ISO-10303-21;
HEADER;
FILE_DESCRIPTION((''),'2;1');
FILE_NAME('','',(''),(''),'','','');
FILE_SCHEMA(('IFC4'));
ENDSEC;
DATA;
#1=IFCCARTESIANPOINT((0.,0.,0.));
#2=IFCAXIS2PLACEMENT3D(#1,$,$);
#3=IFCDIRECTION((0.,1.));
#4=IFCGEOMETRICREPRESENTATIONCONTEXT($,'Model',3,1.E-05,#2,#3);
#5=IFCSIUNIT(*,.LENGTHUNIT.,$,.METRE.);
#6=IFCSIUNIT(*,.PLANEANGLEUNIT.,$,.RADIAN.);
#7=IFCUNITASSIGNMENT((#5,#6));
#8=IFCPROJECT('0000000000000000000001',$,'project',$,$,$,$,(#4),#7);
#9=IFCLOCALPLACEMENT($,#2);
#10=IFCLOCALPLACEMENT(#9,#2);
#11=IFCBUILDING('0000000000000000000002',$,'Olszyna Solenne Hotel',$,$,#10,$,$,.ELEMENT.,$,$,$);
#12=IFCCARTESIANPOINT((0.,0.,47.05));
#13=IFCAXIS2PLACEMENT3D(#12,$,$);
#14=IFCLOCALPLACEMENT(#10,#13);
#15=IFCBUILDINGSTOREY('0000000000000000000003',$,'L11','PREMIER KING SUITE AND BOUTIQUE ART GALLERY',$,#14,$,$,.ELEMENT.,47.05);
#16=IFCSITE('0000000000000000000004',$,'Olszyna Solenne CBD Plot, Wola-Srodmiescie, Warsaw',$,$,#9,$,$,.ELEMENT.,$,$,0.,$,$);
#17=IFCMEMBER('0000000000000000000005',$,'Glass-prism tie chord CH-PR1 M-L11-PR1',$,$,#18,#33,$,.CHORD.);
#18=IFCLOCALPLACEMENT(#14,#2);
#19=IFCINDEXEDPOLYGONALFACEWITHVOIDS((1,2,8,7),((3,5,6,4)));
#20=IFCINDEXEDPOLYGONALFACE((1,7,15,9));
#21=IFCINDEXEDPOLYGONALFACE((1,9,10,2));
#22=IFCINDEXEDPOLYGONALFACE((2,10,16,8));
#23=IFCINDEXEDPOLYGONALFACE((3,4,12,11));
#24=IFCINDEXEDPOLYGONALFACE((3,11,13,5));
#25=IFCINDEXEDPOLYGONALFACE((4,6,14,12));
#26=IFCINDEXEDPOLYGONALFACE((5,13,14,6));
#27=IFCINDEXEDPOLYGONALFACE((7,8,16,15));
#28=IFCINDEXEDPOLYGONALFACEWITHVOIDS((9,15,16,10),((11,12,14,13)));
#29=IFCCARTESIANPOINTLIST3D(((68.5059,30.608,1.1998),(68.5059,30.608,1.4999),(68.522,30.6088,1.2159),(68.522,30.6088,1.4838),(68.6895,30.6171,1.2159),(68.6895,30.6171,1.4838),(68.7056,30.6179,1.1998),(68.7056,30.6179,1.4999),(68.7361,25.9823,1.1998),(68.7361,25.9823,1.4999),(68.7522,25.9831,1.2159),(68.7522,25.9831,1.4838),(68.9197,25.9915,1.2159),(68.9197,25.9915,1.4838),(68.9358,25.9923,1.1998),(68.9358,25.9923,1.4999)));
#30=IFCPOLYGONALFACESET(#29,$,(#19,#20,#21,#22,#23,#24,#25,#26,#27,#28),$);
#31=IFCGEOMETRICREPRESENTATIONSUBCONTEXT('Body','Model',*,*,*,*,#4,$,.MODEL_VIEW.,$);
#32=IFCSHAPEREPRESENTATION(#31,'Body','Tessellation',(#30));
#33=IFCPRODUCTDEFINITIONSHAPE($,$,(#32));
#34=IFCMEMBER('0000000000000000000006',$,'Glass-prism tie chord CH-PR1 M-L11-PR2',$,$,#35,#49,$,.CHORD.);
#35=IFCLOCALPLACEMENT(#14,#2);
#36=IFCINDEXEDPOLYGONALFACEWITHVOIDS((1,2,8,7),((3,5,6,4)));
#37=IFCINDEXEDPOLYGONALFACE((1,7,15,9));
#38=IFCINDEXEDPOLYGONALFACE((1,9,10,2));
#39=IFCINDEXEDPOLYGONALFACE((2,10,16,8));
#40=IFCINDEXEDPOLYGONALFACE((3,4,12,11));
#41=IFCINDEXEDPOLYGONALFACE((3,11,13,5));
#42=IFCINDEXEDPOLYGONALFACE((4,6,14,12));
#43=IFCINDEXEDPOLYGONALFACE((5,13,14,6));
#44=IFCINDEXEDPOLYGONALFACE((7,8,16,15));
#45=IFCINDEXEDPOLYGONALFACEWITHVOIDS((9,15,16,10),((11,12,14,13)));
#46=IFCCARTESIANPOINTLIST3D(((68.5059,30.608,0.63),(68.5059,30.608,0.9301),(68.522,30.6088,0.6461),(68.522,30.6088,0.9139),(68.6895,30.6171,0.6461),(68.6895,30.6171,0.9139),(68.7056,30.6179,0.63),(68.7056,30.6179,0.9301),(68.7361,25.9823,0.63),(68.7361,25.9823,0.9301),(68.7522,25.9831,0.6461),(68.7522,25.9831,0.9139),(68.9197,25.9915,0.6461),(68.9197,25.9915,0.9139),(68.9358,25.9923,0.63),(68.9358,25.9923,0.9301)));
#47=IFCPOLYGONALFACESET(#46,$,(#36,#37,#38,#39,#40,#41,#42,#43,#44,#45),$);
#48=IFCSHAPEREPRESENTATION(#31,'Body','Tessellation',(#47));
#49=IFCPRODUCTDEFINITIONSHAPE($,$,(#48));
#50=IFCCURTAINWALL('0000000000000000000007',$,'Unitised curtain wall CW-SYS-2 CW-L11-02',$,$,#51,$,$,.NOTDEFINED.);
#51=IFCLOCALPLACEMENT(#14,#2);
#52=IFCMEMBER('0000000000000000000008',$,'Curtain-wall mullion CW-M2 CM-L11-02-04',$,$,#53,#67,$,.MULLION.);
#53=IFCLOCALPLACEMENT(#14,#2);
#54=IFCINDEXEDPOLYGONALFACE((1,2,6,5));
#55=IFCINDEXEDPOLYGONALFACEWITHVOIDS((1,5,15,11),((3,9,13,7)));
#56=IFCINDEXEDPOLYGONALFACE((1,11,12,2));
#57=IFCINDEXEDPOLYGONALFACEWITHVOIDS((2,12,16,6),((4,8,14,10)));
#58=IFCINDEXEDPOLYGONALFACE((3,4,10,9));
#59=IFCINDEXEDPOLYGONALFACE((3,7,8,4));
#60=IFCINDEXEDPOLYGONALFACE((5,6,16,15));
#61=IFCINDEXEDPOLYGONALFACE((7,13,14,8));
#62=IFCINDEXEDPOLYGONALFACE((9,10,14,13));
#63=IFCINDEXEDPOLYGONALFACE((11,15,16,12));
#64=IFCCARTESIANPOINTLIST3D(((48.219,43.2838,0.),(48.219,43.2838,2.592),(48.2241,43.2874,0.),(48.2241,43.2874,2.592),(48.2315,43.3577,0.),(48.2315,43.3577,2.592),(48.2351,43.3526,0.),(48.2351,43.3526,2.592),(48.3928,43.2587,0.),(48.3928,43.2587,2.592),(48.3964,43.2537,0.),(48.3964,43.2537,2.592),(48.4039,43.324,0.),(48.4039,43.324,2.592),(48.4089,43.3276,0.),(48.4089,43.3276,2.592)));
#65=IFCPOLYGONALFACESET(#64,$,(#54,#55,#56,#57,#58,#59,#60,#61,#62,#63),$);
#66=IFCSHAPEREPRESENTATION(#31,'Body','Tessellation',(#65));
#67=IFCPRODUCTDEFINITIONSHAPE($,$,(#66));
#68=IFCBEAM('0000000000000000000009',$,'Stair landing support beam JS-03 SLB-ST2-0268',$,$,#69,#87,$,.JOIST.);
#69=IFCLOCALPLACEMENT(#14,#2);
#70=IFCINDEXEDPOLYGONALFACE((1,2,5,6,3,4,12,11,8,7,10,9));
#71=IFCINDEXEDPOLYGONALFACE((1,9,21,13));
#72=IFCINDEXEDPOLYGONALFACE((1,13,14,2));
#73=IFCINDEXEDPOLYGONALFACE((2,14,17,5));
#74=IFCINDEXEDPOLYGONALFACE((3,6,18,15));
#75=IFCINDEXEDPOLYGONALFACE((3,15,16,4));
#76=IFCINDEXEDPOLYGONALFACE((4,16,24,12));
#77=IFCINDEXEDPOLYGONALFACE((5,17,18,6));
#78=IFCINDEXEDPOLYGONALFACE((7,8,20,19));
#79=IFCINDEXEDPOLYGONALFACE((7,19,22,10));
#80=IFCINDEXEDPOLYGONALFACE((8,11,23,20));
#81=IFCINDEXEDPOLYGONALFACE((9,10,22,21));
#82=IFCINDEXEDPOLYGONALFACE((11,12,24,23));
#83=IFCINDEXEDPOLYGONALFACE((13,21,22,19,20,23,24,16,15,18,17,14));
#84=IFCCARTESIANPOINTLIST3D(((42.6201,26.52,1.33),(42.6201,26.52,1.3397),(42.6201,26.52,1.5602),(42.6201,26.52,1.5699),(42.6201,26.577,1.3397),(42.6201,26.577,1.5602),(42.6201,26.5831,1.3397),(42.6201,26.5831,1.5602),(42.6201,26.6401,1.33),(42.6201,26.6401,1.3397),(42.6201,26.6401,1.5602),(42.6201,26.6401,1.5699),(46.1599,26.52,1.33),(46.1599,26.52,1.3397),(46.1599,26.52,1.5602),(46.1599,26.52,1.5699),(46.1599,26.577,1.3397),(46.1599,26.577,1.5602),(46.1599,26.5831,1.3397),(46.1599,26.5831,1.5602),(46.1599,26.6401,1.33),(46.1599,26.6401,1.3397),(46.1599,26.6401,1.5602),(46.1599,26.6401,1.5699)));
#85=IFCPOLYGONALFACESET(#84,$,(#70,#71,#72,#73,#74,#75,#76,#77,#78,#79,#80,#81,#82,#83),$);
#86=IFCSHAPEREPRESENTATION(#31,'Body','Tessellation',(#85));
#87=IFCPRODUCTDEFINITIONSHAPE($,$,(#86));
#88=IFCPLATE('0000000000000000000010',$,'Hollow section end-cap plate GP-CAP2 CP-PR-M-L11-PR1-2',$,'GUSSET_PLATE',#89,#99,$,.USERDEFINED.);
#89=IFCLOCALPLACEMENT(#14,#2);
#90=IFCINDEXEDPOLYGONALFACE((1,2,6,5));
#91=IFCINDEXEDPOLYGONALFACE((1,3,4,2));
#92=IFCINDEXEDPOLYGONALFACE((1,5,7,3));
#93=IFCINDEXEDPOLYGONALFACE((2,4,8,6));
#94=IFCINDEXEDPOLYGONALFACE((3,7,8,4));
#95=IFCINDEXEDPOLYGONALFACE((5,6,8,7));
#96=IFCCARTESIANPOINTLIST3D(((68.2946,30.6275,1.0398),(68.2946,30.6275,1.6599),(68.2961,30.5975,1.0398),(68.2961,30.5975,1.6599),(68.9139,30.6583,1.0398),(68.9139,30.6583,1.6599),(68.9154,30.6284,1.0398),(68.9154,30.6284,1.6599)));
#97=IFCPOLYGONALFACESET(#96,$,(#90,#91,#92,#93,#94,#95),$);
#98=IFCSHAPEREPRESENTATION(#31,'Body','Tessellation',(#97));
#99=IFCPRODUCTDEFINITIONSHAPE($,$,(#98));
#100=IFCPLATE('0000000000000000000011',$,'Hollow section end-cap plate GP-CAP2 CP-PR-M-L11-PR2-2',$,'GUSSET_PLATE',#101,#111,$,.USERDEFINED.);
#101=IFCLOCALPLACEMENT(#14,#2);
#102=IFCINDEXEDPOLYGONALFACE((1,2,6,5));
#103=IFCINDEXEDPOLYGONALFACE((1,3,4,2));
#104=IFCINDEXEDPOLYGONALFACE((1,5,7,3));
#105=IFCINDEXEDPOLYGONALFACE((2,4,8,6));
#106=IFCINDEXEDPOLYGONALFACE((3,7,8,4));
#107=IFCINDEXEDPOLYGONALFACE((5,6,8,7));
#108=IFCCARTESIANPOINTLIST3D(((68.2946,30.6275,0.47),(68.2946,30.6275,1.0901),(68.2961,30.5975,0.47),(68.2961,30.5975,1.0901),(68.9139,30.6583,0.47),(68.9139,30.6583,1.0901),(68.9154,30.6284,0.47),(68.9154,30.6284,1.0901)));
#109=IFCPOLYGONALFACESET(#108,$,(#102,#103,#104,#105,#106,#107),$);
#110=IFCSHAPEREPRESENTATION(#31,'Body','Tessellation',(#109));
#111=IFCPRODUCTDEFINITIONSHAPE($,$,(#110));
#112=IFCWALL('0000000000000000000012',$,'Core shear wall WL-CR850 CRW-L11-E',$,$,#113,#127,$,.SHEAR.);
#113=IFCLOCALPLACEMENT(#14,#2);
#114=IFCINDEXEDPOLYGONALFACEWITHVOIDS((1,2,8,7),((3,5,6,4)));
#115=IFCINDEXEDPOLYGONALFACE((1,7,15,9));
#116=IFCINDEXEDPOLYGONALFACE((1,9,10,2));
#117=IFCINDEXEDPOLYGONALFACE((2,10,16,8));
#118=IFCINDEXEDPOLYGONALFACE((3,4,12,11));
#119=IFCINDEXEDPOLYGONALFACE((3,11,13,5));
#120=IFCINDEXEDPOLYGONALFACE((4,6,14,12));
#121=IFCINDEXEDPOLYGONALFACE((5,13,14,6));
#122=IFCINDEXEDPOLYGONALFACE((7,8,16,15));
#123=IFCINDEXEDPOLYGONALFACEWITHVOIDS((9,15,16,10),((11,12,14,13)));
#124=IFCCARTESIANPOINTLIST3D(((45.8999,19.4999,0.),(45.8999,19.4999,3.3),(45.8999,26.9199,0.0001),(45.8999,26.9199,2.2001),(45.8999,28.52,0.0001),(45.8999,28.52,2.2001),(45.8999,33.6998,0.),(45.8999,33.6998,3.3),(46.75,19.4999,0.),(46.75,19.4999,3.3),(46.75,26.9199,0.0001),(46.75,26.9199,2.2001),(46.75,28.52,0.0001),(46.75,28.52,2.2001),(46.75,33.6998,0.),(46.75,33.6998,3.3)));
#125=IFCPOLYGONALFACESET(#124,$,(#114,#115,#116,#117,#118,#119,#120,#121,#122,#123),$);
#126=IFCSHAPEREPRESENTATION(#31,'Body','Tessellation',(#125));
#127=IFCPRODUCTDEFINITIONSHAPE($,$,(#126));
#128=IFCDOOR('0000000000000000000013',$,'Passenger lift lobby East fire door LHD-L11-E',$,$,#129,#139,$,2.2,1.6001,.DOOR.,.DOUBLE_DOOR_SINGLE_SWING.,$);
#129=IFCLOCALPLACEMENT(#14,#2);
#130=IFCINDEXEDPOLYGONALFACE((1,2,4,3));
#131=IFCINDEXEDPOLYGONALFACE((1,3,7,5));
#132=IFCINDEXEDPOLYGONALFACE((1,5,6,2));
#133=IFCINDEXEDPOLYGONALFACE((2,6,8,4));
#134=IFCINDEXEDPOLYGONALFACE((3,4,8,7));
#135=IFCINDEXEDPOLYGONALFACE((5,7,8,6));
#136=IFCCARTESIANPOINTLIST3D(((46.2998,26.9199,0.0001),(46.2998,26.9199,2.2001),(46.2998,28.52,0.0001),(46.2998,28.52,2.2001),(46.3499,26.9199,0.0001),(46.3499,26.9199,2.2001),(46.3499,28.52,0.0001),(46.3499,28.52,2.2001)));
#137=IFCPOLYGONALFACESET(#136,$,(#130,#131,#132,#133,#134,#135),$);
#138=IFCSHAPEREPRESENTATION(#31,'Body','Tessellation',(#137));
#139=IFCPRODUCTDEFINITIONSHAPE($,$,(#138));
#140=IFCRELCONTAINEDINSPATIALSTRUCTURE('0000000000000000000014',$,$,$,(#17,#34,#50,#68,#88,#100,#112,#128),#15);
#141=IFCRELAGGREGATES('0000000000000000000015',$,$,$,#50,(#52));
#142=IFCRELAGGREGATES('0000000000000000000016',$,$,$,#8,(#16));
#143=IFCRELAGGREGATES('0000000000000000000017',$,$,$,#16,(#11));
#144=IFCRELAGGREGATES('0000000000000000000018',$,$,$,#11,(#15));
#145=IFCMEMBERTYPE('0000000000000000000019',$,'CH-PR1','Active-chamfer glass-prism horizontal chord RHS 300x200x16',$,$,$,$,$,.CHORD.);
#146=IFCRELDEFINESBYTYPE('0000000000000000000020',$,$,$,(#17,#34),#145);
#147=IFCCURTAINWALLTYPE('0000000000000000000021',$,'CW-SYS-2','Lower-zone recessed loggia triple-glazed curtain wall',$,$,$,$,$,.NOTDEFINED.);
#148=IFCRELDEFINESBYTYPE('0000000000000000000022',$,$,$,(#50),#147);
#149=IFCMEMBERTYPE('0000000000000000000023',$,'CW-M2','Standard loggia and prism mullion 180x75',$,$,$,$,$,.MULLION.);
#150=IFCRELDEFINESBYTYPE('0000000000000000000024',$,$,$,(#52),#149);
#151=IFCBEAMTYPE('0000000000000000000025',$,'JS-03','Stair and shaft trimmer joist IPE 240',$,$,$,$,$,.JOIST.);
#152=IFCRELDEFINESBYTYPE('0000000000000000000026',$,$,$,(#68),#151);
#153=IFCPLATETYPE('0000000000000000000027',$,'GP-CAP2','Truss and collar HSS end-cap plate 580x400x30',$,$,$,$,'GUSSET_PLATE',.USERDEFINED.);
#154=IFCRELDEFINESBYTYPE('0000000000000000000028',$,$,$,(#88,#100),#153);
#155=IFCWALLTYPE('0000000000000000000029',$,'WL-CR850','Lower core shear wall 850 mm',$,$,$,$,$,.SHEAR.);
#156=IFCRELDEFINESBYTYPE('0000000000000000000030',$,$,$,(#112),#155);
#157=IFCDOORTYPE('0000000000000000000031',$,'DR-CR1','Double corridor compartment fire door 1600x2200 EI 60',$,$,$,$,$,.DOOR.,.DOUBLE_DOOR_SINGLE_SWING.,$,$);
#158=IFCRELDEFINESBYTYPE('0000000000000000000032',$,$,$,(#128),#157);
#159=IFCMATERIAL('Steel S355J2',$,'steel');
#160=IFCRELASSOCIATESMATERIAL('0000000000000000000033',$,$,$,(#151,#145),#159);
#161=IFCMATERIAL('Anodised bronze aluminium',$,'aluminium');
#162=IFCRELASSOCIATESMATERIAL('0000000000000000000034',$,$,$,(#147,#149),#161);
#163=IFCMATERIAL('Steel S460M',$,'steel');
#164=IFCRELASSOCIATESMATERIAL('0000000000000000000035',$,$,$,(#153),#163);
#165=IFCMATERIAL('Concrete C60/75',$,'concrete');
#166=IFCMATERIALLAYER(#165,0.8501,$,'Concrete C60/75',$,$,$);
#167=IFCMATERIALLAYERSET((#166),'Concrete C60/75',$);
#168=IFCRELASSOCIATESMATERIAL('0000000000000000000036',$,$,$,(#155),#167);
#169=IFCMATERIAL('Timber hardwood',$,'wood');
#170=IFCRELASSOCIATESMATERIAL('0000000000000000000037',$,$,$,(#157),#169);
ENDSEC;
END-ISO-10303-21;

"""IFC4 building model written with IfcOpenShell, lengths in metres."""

from ifc_helpers import new_model, si_unit, direction, frame, frame_2d, origin, origin_2d, place, context, subcontext, project, spatial, rectangle, hollow_rectangle, i_section, extrude, source, transform, mapped, material, layer, layer_set, material_profile, profile_set, type_object, type_shapes, element, fill, aggregate, save


model = new_model("IFC4")

# Units and contexts
model_context = context("Model", 3, precision=1e-05, world=origin(), true_north=direction((0.0, 1.0)))
body_context = subcontext(model_context, "Body", "Model", "MODEL_VIEW")
ifc_project = project(units=[si_unit("LENGTHUNIT", "METRE"), si_unit("PLANEANGLEUNIT", "RADIAN")], contexts=[model_context])

# Site, building, storey
site_placement = place(None, origin())
site = spatial("IfcSite", under=ifc_project, at=site_placement, Name="Olszyna Solenne CBD Plot, Wola-Srodmiescie, Warsaw", CompositionType="ELEMENT", RefElevation=0.0)
building_placement = place(site_placement, origin())
building = spatial("IfcBuilding", under=site, at=building_placement, Name="Olszyna Solenne Hotel", CompositionType="ELEMENT")
storey_placement = place(building_placement, frame((0.0, 0.0, 47.05)))
storey = spatial("IfcBuildingStorey", under=building, at=storey_placement, Name="L11", Description="PREMIER KING SUITE AND BOUTIQUE ART GALLERY", CompositionType="ELEMENT", Elevation=47.05)

# Shared definitions
ifc_material_1 = material(Name="Steel S460M", Category="steel")

# Shared definitions
ifc_material_2 = material(Name="Steel S355J2", Category="steel")
ifc_material_profile_1 = material_profile(ifc_material_2, i_section(OverallWidth=0.1201, OverallDepth=0.24, WebThickness=0.0061, FlangeThickness=0.0098, at=origin_2d()), Name="IPE 240", Category="load-bearing")
ifc_profile_set_1 = profile_set([ifc_material_profile_1], Name="Steel S355J2")
beam_type_1 = type_object("IfcBeamType", Name="JS-03", Description="Stair and shaft trimmer joist IPE 240", PredefinedType="JOIST", material=ifc_profile_set_1)

# Members
ifc_material_profile_2 = material_profile(ifc_material_2, hollow_rectangle(XDim=0.2, YDim=0.3, WallThickness=0.0161, at=origin_2d()), Name="RHS 300x200x16", Category="load-bearing")
ifc_profile_set_2 = profile_set([ifc_material_profile_2], Name="Steel S355J2")
member_type_1 = type_object("IfcMemberType", Name="CH-PR1", Description="Active-chamfer glass-prism horizontal chord RHS 300x200x16", PredefinedType="CHORD", material=ifc_profile_set_2)
shared_shape_1 = source(origin(), body_context, "Body", "SweptSolid", [
    extrude(hollow_rectangle(XDim=0.2, YDim=0.3, WallThickness=0.0161, at=origin_2d()), origin(), (0.0, 0.0, 1.0), 4.6313),
])
for number, where, z_axis, x_axis, name in (
    (1, (68.8359, 25.9873, 1.3499), (-0.049709, 0.998764, 0.0), (-0.998764, -0.049709, 0.0), "Glass-prism tie chord CH-PR1 M-L11-PR1"),
    (2, (68.8359, 25.9873, 0.78), (-0.049709, 0.998764, 0.0), (-0.998764, -0.049709, 0.0), "Glass-prism tie chord CH-PR1 M-L11-PR2"),
):
    element("IfcMember", number, at=place(storey_placement, frame(where, z_axis=z_axis, x_axis=x_axis)), inside=storey, type_object=member_type_1, Name=name, PredefinedType="CHORD", context=body_context, shape_type="MappedRepresentation", body=[
        mapped(shared_shape_1, transform((0.0, 0.0, 0.0), x_axis=(1.0, 0.0, 0.0), y_axis=(0.0, 1.0, 0.0), z_axis=(0.0, 0.0, 1.0), scale=1.0)),
    ])

# Curtain wall, member
ifc_material_3 = material(Name="Anodised bronze aluminium", Category="aluminium")
curtain_wall_type = type_object("IfcCurtainWallType", Name="CW-SYS-2", Description="Lower-zone recessed loggia triple-glazed curtain wall", PredefinedType="NOTDEFINED", material=ifc_material_3)
curtain_wall_placement = place(storey_placement, origin())
curtain_wall = element("IfcCurtainWall", 3, at=curtain_wall_placement, inside=storey, type_object=curtain_wall_type, Name="Unitised curtain wall CW-SYS-2 CW-L11-02", PredefinedType="NOTDEFINED")
ifc_material_profile_3 = material_profile(ifc_material_3, hollow_rectangle(XDim=0.075, YDim=0.1799, WallThickness=0.0044, at=origin_2d()), Name="MULL 180x75x4.5", Category="load-bearing")
ifc_profile_set_3 = profile_set([ifc_material_profile_3], Name="Anodised bronze aluminium")
member_type_2 = type_object("IfcMemberType", Name="CW-M2", Description="Standard loggia and prism mullion 180x75", PredefinedType="MULLION", material=ifc_profile_set_3)
shared_shape_2 = source(origin(), body_context, "Body", "SweptSolid", [
    extrude(hollow_rectangle(XDim=0.075, YDim=0.1799, WallThickness=0.0044, at=origin_2d()), origin(), (0.0, 0.0, 1.0), 2.592),
])
member_placement = place(storey_placement, frame((48.314, 43.3057, 0.0), z_axis=(0.0, 0.0, 1.0), x_axis=(0.16732, 0.985903, 0.0)))
member = element("IfcMember", 4, at=member_placement, type_object=member_type_2, Name="Curtain-wall mullion CW-M2 CM-L11-02-04", PredefinedType="MULLION", context=body_context, shape_type="MappedRepresentation", body=[
    mapped(shared_shape_2, transform((0.0, 0.0, 0.0), x_axis=(1.0, 0.0, 0.0), y_axis=(0.0, 1.0, 0.0), z_axis=(0.0, 0.0, 1.0), scale=1.0)),
])
aggregate(curtain_wall, [member])

# Beam
shared_shape_3 = source(origin(), body_context, "Body", "SweptSolid", [
    extrude(i_section(OverallWidth=0.1201, OverallDepth=0.24, WebThickness=0.0061, FlangeThickness=0.0098, at=origin_2d()), origin(), (0.0, 0.0, 1.0), 3.5398),
])
beam_1_placement = place(storey_placement, frame((46.1599, 26.5801, 1.45), z_axis=(-1.0, 0.0, 0.0), x_axis=(0.0, -1.0, 0.0)))
element("IfcBeam", 5, at=beam_1_placement, inside=storey, type_object=beam_type_1, Name="Stair landing support beam JS-03 SLB-ST2-0268", PredefinedType="JOIST", context=body_context, shape_type="MappedRepresentation", body=[
    mapped(shared_shape_3, transform((0.0, 0.0, 0.0), x_axis=(1.0, 0.0, 0.0), y_axis=(0.0, 1.0, 0.0), z_axis=(0.0, 0.0, 1.0), scale=1.0)),
])

# Plates
plate_type = type_object("IfcPlateType", Name="GP-CAP2", Description="Truss and collar HSS end-cap plate 580x400x30", ElementType="GUSSET_PLATE", PredefinedType="USERDEFINED", material=ifc_material_1)
shared_shape_4 = source(origin(), body_context, "Body", "SweptSolid", [
    extrude(rectangle(XDim=0.03, YDim=0.6201, at=origin_2d()), origin(), (0.0, 0.0, 1.0), 0.6201),
])
for number, where, z_axis, x_axis, name in (
    (6, (68.605, 30.6279, 1.0398), (0.0, 0.0, 1.0), (-0.049721, 0.998763, 0.0), "Hollow section end-cap plate GP-CAP2 CP-PR-M-L11-PR1-2"),
    (7, (68.605, 30.6279, 0.47), (0.0, 0.0, 1.0), (-0.049721, 0.998763, 0.0), "Hollow section end-cap plate GP-CAP2 CP-PR-M-L11-PR2-2"),
):
    element("IfcPlate", number, at=place(storey_placement, frame(where, z_axis=z_axis, x_axis=x_axis)), inside=storey, type_object=plate_type, Name=name, ObjectType="GUSSET_PLATE", PredefinedType="USERDEFINED", context=body_context, shape_type="MappedRepresentation", body=[
        mapped(shared_shape_4, transform((0.0, 0.0, 0.0), x_axis=(1.0, 0.0, 0.0), y_axis=(0.0, 1.0, 0.0), z_axis=(0.0, 0.0, 1.0), scale=1.0)),
    ])

# Wall, opening, door
ifc_material_4 = material(Name="Concrete C60/75", Category="concrete")
ifc_layer_1 = layer(ifc_material_4, 0.8501, Name="Concrete C60/75")
ifc_layer_set_1 = layer_set([ifc_layer_1], Name="Concrete C60/75")
wall_type_1 = type_object("IfcWallType", Name="WL-CR850", Description="Lower core shear wall 850 mm", PredefinedType="SHEAR", material=ifc_layer_set_1)
wall_1_placement = place(storey_placement, frame((46.325, 33.7, 0.0), z_axis=(0.0, 0.0, 1.0), x_axis=(0.0, -1.0, 0.0)))
wall_1 = element("IfcWall", 8, at=wall_1_placement, inside=storey, type_object=wall_type_1, Name="Core shear wall WL-CR850 CRW-L11-E", PredefinedType="SHEAR", context=body_context, shape_type="SweptSolid", body=[
    extrude(rectangle(XDim=14.2, YDim=0.8501, at=frame_2d((7.1001, 0.0))), origin(), (0.0, 0.0, 1.0), 3.3),
])
opening_1_placement = place(wall_1_placement, frame((5.1799, 0.0, 0.0)))
opening_1 = element("IfcOpeningElement", 9, at=opening_1_placement, cuts=wall_1, PredefinedType="OPENING", context=body_context, shape_type="SweptSolid", body=[
    extrude(rectangle(XDim=1.6001, YDim=2.2, at=frame_2d((0.8, 1.1001))), frame((0.0, 0.4351, 0.0), z_axis=(0.0, -1.0, 0.0), x_axis=(1.0, 0.0, 0.0)), (0.0, 0.0, 1.0), 0.8701),
])
ifc_material_5 = material(Name="Timber hardwood", Category="wood")
door_type_1 = type_object("IfcDoorType", Name="DR-CR1", Description="Double corridor compartment fire door 1600x2200 EI 60", OperationType="DOUBLE_DOOR_SINGLE_SWING", PredefinedType="DOOR", material=ifc_material_5)
shared_shape_5 = source(origin(), body_context, "Body", "SweptSolid", [
    extrude(rectangle(XDim=1.6001, YDim=2.2, at=frame_2d((0.8, 1.1001))), frame((0.0, 0.0249, 0.0), z_axis=(0.0, -1.0, 0.0), x_axis=(1.0, 0.0, 0.0)), (0.0, 0.0, 1.0), 0.05),
])
type_shapes(door_type_1, [shared_shape_5])
door_1_placement = place(opening_1_placement, origin())
door_1 = element("IfcDoor", 10, at=door_1_placement, inside=storey, type_object=door_type_1, Name="Passenger lift lobby East fire door LHD-L11-E", OperationType="DOUBLE_DOOR_SINGLE_SWING", OverallHeight=2.2, OverallWidth=1.6001, PredefinedType="DOOR", context=body_context, shape_type="MappedRepresentation", body=[
    mapped(shared_shape_5, transform((0.0, 0.0, 0.0), x_axis=(1.0, 0.0, 0.0), y_axis=(0.0, 1.0, 0.0), z_axis=(0.0, 0.0, 1.0), scale=1.0)),
])
fill(opening_1, door_1)

save(model, "model.ifc")
